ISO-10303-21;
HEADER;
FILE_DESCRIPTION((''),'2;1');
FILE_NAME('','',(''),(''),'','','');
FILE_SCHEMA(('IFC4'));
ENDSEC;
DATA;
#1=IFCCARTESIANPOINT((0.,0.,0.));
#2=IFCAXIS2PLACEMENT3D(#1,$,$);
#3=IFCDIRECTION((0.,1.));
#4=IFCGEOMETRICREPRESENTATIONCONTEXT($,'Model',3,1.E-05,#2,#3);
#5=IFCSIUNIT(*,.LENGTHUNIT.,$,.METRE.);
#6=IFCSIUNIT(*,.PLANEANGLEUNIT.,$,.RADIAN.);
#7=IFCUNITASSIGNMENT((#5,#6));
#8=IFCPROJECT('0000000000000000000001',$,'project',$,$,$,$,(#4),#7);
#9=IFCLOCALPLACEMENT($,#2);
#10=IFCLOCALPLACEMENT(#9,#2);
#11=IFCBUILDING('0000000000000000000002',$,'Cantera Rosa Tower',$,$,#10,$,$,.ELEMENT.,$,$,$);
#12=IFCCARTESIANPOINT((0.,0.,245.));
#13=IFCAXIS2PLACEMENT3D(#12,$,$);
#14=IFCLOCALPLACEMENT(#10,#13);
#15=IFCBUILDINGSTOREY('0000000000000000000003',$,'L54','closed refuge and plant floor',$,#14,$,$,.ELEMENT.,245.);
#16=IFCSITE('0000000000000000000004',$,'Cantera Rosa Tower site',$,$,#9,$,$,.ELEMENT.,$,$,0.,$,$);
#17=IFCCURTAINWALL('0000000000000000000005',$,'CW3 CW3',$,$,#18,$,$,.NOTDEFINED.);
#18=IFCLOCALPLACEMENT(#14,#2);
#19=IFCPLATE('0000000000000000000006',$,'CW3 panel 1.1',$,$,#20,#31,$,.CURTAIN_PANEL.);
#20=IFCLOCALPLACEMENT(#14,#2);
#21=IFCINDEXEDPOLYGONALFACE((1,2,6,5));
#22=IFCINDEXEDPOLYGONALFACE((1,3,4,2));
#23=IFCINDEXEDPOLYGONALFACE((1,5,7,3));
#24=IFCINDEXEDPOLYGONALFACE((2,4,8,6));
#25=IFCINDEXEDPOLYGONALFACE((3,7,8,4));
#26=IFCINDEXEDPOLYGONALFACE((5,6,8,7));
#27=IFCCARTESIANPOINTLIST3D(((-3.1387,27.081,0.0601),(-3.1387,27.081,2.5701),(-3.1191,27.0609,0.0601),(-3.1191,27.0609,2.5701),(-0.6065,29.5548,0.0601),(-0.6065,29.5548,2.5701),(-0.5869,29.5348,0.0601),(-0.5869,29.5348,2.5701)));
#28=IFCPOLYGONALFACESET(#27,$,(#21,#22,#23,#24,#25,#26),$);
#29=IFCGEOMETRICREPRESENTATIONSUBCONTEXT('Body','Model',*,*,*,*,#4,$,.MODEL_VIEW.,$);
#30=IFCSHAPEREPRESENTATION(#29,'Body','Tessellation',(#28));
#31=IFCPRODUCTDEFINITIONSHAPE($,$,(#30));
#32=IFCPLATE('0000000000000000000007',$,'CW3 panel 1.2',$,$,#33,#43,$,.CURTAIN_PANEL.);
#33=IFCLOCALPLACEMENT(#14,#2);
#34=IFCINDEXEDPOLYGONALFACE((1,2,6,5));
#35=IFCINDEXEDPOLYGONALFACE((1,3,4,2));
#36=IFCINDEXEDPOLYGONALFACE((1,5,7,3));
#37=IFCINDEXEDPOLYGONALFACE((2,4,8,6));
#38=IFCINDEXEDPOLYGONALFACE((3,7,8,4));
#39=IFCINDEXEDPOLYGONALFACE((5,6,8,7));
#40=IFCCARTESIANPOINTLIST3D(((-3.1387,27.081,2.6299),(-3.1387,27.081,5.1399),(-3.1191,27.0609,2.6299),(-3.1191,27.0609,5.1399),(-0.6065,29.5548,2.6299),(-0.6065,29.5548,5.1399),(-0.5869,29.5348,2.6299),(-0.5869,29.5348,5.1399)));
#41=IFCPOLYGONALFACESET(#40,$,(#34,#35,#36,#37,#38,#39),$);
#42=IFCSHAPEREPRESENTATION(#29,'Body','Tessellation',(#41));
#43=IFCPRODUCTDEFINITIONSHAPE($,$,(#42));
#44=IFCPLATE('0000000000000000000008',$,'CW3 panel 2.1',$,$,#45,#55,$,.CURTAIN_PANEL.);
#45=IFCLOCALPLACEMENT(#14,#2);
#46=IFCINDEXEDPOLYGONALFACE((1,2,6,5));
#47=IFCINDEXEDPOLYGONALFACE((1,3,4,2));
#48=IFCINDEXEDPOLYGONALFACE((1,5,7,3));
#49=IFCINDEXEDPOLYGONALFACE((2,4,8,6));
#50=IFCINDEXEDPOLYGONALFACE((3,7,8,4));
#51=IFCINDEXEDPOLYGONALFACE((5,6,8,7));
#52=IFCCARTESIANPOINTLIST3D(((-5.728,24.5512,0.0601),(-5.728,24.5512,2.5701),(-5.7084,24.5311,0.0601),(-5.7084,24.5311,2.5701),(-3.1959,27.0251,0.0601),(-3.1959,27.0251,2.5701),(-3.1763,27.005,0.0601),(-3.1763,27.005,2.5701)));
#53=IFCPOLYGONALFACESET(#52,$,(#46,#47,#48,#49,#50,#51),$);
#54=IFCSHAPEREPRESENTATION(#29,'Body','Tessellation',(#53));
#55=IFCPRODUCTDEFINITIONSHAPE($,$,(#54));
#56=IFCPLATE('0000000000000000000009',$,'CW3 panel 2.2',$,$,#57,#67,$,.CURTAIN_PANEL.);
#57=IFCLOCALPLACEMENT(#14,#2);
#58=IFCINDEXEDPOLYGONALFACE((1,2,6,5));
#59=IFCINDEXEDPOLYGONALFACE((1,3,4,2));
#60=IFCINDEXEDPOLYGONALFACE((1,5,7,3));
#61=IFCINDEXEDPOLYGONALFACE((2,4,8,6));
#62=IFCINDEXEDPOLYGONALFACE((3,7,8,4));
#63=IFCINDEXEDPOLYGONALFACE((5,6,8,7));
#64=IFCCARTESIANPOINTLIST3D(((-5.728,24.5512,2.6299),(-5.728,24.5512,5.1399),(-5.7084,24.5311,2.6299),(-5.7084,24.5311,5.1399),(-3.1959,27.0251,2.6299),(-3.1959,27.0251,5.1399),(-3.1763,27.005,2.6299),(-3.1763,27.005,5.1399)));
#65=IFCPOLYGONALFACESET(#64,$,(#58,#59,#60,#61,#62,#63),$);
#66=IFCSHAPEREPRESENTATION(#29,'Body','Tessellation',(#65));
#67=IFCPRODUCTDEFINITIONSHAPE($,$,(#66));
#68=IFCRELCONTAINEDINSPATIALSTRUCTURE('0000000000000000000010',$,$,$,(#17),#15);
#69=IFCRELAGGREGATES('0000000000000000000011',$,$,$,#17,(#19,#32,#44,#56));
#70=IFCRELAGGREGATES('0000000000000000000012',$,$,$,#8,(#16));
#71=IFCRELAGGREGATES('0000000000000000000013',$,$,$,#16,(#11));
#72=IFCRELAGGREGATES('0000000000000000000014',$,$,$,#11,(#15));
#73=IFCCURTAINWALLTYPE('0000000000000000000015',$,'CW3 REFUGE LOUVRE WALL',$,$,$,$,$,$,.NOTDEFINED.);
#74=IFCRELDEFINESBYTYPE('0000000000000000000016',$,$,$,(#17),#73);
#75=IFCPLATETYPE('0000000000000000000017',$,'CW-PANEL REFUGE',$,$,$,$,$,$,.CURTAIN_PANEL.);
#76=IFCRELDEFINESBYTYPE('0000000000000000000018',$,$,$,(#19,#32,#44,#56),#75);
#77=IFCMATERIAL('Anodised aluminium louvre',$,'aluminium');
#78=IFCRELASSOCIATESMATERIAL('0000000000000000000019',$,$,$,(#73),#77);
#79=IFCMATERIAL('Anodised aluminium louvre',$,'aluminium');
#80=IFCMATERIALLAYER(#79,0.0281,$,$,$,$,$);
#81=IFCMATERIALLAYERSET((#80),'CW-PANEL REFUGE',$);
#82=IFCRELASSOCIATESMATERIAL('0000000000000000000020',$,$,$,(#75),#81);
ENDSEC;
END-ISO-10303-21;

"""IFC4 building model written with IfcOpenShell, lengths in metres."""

from ifc_helpers import new_model, si_unit, direction, frame, origin, origin_2d, place, context, subcontext, project, spatial, rectangle, extrude, material, layer, layer_set, type_object, element, aggregate, save


model = new_model("IFC4")

# Units and contexts
model_context = context("Model", 3, precision=1e-05, world=origin(), true_north=direction((0.0, 1.0)))
body_context = subcontext(model_context, "Body", "Model", "MODEL_VIEW")
ifc_project = project(units=[si_unit("LENGTHUNIT", "METRE"), si_unit("PLANEANGLEUNIT", "RADIAN")], contexts=[model_context])

# Site, building, storey
site_placement = place(None, origin())
site = spatial("IfcSite", under=ifc_project, at=site_placement, Name="Cantera Rosa Tower site", CompositionType="ELEMENT", RefElevation=0.0)
building_placement = place(site_placement, origin())
building = spatial("IfcBuilding", under=site, at=building_placement, Name="Cantera Rosa Tower", CompositionType="ELEMENT")
storey_placement = place(building_placement, frame((0.0, 0.0, 245.0)))
storey = spatial("IfcBuildingStorey", under=building, at=storey_placement, Name="L54", Description="closed refuge and plant floor", CompositionType="ELEMENT", Elevation=245.0)

# Curtain wall
ifc_material_1 = material(Name="Anodised aluminium louvre", Category="aluminium")
curtain_wall_type = type_object("IfcCurtainWallType", Name="CW3 REFUGE LOUVRE WALL", PredefinedType="NOTDEFINED", material=ifc_material_1)
curtain_wall_1_placement = place(storey_placement, origin())
curtain_wall_1 = element("IfcCurtainWall", 1, at=curtain_wall_1_placement, inside=storey, type_object=curtain_wall_type, Name="CW3 CW3", PredefinedType="NOTDEFINED")

# Plates
ifc_material_2 = material(Name="Anodised aluminium louvre", Category="aluminium")
ifc_layer = layer(ifc_material_2, 0.0281)
ifc_layer_set = layer_set([ifc_layer], Name="CW-PANEL REFUGE")
plate_type = type_object("IfcPlateType", Name="CW-PANEL REFUGE", PredefinedType="CURTAIN_PANEL", material=ifc_layer_set)
plate_1_placement = place(storey_placement, frame((-1.8628, 28.3079, 0.0601), z_axis=(0.0, 0.0, 1.0), x_axis=(-0.715286, -0.698832, 0.0)))
plate_1 = element("IfcPlate", 2, at=plate_1_placement, type_object=plate_type, Name="CW3 panel 1.1", PredefinedType="CURTAIN_PANEL", context=body_context, shape_type="SweptSolid", body=[
    extrude(rectangle(XDim=3.54, YDim=0.0281, at=origin_2d()), origin(), (0.0, 0.0, 1.0), 2.51),
])
plate_2_placement = place(storey_placement, frame((-1.8628, 28.3079, 2.6299), z_axis=(0.0, 0.0, 1.0), x_axis=(-0.715286, -0.698832, 0.0)))
plate_2 = element("IfcPlate", 3, at=plate_2_placement, type_object=plate_type, Name="CW3 panel 1.2", PredefinedType="CURTAIN_PANEL", context=body_context, shape_type="SweptSolid", body=[
    extrude(rectangle(XDim=3.54, YDim=0.0281, at=origin_2d()), origin(), (0.0, 0.0, 1.0), 2.51),
])
plate_3_placement = place(storey_placement, frame((-4.4521, 25.7781, 0.0601), z_axis=(0.0, 0.0, 1.0), x_axis=(-0.715286, -0.698832, 0.0)))
plate_3 = element("IfcPlate", 4, at=plate_3_placement, type_object=plate_type, Name="CW3 panel 2.1", PredefinedType="CURTAIN_PANEL", context=body_context, shape_type="SweptSolid", body=[
    extrude(rectangle(XDim=3.54, YDim=0.0281, at=origin_2d()), origin(), (0.0, 0.0, 1.0), 2.51),
])
plate_4_placement = place(storey_placement, frame((-4.4521, 25.7781, 2.6299), z_axis=(0.0, 0.0, 1.0), x_axis=(-0.715286, -0.698832, 0.0)))
plate_4 = element("IfcPlate", 5, at=plate_4_placement, type_object=plate_type, Name="CW3 panel 2.2", PredefinedType="CURTAIN_PANEL", context=body_context, shape_type="SweptSolid", body=[
    extrude(rectangle(XDim=3.54, YDim=0.0281, at=origin_2d()), origin(), (0.0, 0.0, 1.0), 2.51),
])
aggregate(curtain_wall_1, [plate_1, plate_2, plate_3, plate_4])

save(model, "model.ifc")
